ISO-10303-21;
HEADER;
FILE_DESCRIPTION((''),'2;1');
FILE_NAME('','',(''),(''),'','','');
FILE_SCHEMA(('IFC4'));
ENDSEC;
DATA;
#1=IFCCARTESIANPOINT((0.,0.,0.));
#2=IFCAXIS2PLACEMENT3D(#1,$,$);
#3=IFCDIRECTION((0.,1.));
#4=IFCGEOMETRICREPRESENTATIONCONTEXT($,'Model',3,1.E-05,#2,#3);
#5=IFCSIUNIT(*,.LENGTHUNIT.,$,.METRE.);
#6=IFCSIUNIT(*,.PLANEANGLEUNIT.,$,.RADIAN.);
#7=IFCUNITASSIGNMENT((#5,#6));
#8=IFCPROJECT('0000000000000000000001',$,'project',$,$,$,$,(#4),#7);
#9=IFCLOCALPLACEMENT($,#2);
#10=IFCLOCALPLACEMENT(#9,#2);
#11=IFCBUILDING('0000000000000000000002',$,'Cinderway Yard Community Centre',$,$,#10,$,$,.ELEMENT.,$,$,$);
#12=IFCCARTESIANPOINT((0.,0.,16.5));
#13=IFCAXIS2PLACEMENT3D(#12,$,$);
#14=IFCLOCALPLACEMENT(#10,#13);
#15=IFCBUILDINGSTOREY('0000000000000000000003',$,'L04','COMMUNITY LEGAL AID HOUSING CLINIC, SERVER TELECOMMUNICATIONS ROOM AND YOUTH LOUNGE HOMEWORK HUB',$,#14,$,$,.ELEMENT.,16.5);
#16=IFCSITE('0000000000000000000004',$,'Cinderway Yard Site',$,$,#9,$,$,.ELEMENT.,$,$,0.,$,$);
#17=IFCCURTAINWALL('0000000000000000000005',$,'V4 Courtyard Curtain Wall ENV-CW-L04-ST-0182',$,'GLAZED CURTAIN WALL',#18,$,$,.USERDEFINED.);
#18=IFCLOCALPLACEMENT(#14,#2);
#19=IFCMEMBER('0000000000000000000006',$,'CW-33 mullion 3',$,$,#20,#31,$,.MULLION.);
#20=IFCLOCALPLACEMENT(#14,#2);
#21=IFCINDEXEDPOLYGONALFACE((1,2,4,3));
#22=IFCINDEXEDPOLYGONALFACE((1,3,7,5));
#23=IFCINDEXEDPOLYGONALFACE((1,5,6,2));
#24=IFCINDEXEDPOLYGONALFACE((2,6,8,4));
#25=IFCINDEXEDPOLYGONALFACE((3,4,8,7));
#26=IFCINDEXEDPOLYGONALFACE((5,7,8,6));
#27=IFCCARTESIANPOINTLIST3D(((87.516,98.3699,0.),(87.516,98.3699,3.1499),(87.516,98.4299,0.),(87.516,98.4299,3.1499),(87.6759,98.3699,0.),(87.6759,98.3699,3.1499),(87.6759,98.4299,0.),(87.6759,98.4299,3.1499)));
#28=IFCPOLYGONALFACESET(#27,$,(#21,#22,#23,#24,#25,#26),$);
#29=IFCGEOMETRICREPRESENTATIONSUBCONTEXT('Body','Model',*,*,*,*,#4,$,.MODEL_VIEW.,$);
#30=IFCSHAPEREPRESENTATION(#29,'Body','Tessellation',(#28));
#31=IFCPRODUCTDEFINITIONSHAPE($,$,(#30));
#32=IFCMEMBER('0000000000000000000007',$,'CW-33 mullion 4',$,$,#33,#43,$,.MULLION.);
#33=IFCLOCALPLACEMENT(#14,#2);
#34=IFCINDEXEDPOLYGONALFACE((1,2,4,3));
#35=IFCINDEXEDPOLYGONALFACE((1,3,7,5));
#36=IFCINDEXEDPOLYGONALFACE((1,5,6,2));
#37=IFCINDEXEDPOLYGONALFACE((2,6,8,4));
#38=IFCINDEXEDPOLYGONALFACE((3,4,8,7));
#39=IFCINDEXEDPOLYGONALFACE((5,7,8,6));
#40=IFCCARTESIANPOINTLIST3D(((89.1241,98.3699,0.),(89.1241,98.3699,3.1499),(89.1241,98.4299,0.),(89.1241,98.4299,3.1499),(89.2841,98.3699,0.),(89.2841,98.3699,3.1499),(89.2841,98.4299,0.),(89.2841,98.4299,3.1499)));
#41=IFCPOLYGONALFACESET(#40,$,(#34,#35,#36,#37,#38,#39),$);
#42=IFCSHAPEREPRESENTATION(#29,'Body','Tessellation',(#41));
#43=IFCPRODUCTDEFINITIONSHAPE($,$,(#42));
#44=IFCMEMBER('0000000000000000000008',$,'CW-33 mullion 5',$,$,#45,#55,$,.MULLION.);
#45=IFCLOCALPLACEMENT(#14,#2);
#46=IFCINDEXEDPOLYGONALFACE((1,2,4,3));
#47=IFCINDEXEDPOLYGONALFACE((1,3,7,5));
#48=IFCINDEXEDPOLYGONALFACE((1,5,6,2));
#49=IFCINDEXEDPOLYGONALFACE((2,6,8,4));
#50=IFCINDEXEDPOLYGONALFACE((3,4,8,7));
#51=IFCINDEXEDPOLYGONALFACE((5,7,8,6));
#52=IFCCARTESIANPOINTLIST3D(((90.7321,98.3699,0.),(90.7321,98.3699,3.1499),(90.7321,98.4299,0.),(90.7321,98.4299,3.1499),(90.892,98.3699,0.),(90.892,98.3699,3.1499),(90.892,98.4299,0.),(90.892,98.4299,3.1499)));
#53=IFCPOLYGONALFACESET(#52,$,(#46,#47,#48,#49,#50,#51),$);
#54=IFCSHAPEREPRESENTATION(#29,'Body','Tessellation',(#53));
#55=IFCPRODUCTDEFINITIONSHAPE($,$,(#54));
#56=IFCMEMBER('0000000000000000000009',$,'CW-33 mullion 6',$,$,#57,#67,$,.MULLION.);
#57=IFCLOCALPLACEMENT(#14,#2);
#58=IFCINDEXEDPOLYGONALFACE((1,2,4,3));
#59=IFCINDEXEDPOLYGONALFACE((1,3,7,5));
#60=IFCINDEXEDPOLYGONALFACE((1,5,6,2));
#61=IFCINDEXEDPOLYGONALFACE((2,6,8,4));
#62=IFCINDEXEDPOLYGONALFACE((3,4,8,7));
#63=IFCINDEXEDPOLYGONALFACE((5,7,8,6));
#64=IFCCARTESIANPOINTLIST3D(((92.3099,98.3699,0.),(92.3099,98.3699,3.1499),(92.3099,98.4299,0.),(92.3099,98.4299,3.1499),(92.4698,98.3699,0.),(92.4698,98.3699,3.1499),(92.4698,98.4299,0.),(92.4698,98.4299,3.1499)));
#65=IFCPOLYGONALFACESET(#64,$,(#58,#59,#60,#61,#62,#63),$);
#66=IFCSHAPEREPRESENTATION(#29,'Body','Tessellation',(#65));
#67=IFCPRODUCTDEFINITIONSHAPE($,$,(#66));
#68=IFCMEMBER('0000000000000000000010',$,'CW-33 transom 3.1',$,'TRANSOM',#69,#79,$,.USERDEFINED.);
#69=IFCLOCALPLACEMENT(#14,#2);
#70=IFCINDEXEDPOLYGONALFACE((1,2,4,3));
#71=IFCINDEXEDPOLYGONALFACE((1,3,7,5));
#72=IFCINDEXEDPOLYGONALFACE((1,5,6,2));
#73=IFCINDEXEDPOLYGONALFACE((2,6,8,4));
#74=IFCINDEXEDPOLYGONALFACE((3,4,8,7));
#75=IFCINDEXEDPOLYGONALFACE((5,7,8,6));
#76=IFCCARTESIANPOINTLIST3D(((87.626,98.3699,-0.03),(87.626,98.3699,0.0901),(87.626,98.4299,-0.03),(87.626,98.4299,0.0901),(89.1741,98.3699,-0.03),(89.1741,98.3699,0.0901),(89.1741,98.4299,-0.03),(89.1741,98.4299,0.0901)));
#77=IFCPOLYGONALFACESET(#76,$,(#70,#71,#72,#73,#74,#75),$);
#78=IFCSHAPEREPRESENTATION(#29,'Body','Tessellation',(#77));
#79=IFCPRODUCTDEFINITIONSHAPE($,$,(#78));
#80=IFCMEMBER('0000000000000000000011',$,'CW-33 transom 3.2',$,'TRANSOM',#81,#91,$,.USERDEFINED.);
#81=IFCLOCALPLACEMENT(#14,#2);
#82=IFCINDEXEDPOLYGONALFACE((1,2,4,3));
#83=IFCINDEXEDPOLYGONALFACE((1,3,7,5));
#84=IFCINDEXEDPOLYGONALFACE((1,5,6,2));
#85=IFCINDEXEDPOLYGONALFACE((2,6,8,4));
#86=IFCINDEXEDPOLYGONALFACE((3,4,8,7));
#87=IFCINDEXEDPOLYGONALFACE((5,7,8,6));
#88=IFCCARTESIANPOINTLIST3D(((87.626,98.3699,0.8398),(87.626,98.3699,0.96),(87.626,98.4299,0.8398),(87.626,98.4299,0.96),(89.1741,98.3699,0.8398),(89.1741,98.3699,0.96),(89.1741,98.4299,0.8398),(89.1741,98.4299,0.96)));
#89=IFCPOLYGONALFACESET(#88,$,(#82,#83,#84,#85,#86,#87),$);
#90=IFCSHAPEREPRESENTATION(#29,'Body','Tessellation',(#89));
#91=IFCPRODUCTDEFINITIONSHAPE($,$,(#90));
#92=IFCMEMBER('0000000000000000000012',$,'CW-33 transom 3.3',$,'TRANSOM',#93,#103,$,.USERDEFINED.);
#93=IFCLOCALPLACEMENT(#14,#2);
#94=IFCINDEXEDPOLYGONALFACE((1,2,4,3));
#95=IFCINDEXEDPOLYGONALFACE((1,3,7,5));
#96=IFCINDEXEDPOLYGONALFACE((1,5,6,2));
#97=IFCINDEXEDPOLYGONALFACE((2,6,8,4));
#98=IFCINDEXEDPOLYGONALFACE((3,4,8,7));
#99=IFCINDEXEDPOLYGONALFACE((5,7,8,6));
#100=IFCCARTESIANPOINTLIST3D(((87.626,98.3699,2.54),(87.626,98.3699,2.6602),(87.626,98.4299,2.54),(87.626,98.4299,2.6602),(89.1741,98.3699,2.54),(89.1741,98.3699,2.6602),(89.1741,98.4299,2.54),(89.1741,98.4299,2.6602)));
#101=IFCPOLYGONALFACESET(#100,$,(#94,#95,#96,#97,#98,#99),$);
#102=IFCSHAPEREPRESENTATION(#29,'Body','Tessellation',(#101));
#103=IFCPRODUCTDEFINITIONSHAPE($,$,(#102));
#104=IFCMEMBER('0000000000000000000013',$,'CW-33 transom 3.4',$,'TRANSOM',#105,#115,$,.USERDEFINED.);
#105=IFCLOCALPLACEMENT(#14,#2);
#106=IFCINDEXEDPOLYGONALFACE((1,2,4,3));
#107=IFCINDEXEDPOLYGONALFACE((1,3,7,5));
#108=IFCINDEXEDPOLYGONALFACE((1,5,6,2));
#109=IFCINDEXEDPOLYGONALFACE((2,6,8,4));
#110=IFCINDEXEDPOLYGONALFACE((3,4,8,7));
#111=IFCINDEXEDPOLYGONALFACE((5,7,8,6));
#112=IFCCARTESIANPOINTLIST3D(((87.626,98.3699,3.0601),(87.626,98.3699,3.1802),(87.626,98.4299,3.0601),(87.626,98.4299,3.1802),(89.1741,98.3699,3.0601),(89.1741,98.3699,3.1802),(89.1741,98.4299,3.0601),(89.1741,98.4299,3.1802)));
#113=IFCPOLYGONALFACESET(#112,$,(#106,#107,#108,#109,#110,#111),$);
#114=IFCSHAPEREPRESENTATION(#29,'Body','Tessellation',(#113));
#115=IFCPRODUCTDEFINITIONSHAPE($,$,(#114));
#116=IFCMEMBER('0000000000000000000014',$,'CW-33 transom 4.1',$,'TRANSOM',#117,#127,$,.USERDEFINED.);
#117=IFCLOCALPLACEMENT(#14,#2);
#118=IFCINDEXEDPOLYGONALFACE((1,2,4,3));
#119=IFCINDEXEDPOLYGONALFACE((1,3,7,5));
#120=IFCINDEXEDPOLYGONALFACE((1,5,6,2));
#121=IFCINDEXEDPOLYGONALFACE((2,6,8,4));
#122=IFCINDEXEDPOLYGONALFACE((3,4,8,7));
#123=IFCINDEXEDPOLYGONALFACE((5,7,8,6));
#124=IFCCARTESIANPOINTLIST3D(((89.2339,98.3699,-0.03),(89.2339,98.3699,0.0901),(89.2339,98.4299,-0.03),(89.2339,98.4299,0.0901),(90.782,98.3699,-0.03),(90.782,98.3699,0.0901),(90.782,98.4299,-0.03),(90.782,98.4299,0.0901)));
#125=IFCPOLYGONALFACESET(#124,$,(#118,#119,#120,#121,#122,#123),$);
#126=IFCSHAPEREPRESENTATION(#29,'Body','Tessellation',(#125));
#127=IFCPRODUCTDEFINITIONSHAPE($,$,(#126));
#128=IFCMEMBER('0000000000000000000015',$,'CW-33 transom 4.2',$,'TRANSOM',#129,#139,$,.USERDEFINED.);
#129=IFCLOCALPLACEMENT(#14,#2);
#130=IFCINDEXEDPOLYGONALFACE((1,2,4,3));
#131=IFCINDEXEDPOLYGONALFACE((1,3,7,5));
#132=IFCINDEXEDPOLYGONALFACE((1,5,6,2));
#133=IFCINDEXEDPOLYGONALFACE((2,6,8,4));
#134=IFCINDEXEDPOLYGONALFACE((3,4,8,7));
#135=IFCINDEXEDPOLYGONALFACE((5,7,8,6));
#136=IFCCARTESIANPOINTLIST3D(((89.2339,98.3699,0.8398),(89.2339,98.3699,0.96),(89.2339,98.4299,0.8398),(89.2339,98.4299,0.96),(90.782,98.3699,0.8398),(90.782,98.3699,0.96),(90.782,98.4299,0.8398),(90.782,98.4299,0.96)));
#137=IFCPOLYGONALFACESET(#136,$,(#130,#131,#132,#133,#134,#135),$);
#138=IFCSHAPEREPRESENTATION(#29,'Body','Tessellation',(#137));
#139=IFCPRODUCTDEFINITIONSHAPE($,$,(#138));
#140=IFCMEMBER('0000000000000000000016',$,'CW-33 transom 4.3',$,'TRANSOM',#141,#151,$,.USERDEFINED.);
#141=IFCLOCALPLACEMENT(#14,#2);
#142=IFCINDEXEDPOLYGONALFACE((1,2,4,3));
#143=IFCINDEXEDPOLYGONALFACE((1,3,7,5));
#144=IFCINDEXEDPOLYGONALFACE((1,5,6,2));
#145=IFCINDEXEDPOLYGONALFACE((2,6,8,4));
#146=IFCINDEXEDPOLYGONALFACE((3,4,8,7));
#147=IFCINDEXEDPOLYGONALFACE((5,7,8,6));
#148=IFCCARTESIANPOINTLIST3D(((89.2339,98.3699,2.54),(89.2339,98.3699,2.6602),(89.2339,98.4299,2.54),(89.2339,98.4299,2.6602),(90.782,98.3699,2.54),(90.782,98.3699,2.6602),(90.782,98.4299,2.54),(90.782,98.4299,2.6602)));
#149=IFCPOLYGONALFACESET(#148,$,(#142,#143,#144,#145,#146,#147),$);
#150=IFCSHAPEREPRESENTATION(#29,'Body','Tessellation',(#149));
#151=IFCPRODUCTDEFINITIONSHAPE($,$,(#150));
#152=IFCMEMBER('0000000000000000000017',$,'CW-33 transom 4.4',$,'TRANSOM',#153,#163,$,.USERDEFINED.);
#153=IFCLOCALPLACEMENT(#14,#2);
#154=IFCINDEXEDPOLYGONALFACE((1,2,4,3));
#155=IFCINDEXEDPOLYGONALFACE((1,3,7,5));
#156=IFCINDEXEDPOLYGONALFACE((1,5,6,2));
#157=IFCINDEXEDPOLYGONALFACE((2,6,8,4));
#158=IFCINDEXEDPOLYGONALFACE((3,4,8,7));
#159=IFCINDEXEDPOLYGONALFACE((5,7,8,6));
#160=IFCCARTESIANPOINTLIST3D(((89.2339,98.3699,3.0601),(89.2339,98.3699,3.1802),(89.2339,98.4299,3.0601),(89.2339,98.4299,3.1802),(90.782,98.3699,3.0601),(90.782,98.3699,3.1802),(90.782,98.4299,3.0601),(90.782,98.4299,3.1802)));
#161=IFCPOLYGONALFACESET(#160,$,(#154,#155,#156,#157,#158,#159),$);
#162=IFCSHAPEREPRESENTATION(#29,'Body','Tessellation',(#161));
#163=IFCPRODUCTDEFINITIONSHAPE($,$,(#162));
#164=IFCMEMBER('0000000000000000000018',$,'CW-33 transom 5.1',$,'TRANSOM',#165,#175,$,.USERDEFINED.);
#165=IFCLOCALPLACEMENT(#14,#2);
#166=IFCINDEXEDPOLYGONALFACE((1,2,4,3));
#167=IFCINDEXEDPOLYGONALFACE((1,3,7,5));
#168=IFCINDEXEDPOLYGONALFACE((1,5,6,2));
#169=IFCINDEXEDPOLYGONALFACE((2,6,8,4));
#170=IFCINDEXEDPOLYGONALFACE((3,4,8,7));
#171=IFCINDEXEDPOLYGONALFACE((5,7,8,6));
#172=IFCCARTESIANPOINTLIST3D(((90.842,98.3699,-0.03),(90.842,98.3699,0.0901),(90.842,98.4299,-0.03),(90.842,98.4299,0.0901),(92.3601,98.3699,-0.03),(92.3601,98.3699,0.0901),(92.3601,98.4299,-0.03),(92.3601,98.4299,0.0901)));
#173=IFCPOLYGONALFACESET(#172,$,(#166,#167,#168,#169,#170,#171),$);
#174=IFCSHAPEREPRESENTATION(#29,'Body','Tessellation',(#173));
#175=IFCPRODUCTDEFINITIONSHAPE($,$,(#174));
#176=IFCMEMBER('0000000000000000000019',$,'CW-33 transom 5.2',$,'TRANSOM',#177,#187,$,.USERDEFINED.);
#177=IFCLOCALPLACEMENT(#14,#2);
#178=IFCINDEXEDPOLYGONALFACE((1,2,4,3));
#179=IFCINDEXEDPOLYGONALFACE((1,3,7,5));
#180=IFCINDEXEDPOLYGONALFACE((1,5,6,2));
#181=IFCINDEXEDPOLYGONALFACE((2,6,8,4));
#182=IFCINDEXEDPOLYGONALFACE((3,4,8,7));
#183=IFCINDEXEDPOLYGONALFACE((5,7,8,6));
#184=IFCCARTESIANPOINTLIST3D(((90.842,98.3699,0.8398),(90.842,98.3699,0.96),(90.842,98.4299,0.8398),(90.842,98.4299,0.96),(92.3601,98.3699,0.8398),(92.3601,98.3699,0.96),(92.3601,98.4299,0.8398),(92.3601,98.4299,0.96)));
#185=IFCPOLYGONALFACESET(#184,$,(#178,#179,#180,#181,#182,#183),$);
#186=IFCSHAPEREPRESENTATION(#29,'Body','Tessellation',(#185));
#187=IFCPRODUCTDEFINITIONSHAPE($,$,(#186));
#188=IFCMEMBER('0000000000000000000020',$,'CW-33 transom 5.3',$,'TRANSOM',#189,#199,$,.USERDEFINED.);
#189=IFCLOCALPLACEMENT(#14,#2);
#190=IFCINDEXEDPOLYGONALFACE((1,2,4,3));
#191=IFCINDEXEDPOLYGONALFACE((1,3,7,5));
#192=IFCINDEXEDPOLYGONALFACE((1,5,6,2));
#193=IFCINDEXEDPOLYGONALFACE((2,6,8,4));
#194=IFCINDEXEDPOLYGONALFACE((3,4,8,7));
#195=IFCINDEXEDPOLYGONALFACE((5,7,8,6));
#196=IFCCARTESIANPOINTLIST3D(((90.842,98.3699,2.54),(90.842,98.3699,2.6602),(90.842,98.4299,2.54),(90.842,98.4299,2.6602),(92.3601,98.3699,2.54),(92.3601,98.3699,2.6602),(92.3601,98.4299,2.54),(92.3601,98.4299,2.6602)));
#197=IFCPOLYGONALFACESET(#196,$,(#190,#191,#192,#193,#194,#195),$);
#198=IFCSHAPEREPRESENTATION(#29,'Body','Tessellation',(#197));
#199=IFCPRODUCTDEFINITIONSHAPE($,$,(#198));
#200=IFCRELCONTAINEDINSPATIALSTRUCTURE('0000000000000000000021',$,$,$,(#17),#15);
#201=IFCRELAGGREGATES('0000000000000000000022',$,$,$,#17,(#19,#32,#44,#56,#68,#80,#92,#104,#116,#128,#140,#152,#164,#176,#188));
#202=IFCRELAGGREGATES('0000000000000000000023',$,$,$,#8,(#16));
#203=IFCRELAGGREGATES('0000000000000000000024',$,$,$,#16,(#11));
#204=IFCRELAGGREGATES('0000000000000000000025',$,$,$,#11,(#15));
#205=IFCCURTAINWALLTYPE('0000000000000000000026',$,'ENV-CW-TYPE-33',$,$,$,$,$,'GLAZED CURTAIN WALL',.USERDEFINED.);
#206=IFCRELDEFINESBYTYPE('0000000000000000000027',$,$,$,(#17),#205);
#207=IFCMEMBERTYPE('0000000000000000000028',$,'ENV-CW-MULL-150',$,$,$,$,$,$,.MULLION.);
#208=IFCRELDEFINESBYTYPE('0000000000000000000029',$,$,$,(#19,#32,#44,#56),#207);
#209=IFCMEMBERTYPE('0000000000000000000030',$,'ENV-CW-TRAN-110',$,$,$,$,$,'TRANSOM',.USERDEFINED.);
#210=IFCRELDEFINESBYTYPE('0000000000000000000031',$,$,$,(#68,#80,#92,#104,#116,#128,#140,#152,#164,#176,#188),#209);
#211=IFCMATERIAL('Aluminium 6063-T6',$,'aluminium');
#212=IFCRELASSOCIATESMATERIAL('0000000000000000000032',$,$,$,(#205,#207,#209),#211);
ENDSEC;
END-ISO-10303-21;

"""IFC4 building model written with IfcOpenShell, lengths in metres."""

from ifc_helpers import new_model, si_unit, direction, frame, origin, origin_2d, place, context, subcontext, project, spatial, rectangle, extrude, material, material_profile, profile_set, type_object, element, aggregate, save


model = new_model("IFC4")

# Units and contexts
model_context = context("Model", 3, precision=1e-05, world=origin(), true_north=direction((0.0, 1.0)))
body_context = subcontext(model_context, "Body", "Model", "MODEL_VIEW")
ifc_project = project(units=[si_unit("LENGTHUNIT", "METRE"), si_unit("PLANEANGLEUNIT", "RADIAN")], contexts=[model_context])

# Site, building, storey
site_placement = place(None, origin())
site = spatial("IfcSite", under=ifc_project, at=site_placement, Name="Cinderway Yard Site", CompositionType="ELEMENT", RefElevation=0.0)
building_placement = place(site_placement, origin())
building = spatial("IfcBuilding", under=site, at=building_placement, Name="Cinderway Yard Community Centre", CompositionType="ELEMENT")
storey_placement = place(building_placement, frame((0.0, 0.0, 16.5)))
storey = spatial("IfcBuildingStorey", under=building, at=storey_placement, Name="L04", Description="COMMUNITY LEGAL AID HOUSING CLINIC, SERVER TELECOMMUNICATIONS ROOM AND YOUTH LOUNGE HOMEWORK HUB", CompositionType="ELEMENT", Elevation=16.5)

# Curtain wall, members
ifc_material_1 = material(Name="Aluminium 6063-T6", Category="aluminium")
curtain_wall_type = type_object("IfcCurtainWallType", Name="ENV-CW-TYPE-33", ElementType="GLAZED CURTAIN WALL", PredefinedType="USERDEFINED", material=ifc_material_1)
curtain_wall_placement = place(storey_placement, origin())
curtain_wall = element("IfcCurtainWall", 1, at=curtain_wall_placement, inside=storey, type_object=curtain_wall_type, Name="V4 Courtyard Curtain Wall ENV-CW-L04-ST-0182", ObjectType="GLAZED CURTAIN WALL", PredefinedType="USERDEFINED")
ifc_material_profile_1 = material_profile(ifc_material_1, rectangle(XDim=0.0601, YDim=0.1599, at=origin_2d()), Name="Aluminium 6063-T6")
ifc_profile_set_1 = profile_set([ifc_material_profile_1], Name="Aluminium 6063-T6")
member_type_1 = type_object("IfcMemberType", Name="ENV-CW-MULL-150", PredefinedType="MULLION", material=ifc_profile_set_1)
member_1_placement = place(storey_placement, frame((87.5959, 98.3999, 0.0), z_axis=(0.0, 0.0, 1.0), x_axis=(0.0, 1.0, 0.0)))
member_1 = element("IfcMember", 2, at=member_1_placement, type_object=member_type_1, Name="CW-33 mullion 3", PredefinedType="MULLION", context=body_context, shape_type="SweptSolid", body=[
    extrude(rectangle(XDim=0.0601, YDim=0.1599, at=origin_2d()), origin(), (0.0, 0.0, 1.0), 3.1499),
])
member_2_placement = place(storey_placement, frame((89.2041, 98.3999, 0.0), z_axis=(0.0, 0.0, 1.0), x_axis=(0.0, 1.0, 0.0)))
member_2 = element("IfcMember", 3, at=member_2_placement, type_object=member_type_1, Name="CW-33 mullion 4", PredefinedType="MULLION", context=body_context, shape_type="SweptSolid", body=[
    extrude(rectangle(XDim=0.0601, YDim=0.1599, at=origin_2d()), origin(), (0.0, 0.0, 1.0), 3.1499),
])
member_3_placement = place(storey_placement, frame((90.812, 98.3999, 0.0), z_axis=(0.0, 0.0, 1.0), x_axis=(0.0, 1.0, 0.0)))
member_3 = element("IfcMember", 4, at=member_3_placement, type_object=member_type_1, Name="CW-33 mullion 5", PredefinedType="MULLION", context=body_context, shape_type="SweptSolid", body=[
    extrude(rectangle(XDim=0.0601, YDim=0.1599, at=origin_2d()), origin(), (0.0, 0.0, 1.0), 3.1499),
])
member_4_placement = place(storey_placement, frame((92.3899, 98.3999, 0.0), z_axis=(0.0, 0.0, 1.0), x_axis=(0.0, 1.0, 0.0)))
member_4 = element("IfcMember", 5, at=member_4_placement, type_object=member_type_1, Name="CW-33 mullion 6", PredefinedType="MULLION", context=body_context, shape_type="SweptSolid", body=[
    extrude(rectangle(XDim=0.0601, YDim=0.1599, at=origin_2d()), origin(), (0.0, 0.0, 1.0), 3.1499),
])
ifc_material_profile_2 = material_profile(ifc_material_1, rectangle(XDim=0.0601, YDim=0.1201, at=origin_2d()), Name="Aluminium 6063-T6")
ifc_profile_set_2 = profile_set([ifc_material_profile_2], Name="Aluminium 6063-T6")
member_type_2 = type_object("IfcMemberType", Name="ENV-CW-TRAN-110", ElementType="TRANSOM", PredefinedType="USERDEFINED", material=ifc_profile_set_2)
member_5_placement = place(storey_placement, frame((87.626, 98.3999, 0.03), z_axis=(1.0, 0.0, 0.0), x_axis=(0.0, 1.0, 0.0)))
member_5 = element("IfcMember", 6, at=member_5_placement, type_object=member_type_2, Name="CW-33 transom 3.1", ObjectType="TRANSOM", PredefinedType="USERDEFINED", context=body_context, shape_type="SweptSolid", body=[
    extrude(rectangle(XDim=0.0601, YDim=0.1201, at=origin_2d()), origin(), (0.0, 0.0, 1.0), 1.5481),
])
member_6_placement = place(storey_placement, frame((87.626, 98.3999, 0.8999), z_axis=(1.0, 0.0, 0.0), x_axis=(0.0, 1.0, 0.0)))
member_6 = element("IfcMember", 7, at=member_6_placement, type_object=member_type_2, Name="CW-33 transom 3.2", ObjectType="TRANSOM", PredefinedType="USERDEFINED", context=body_context, shape_type="SweptSolid", body=[
    extrude(rectangle(XDim=0.0601, YDim=0.1201, at=origin_2d()), origin(), (0.0, 0.0, 1.0), 1.5481),
])
member_7_placement = place(storey_placement, frame((87.626, 98.3999, 2.6001), z_axis=(1.0, 0.0, 0.0), x_axis=(0.0, 1.0, 0.0)))
member_7 = element("IfcMember", 8, at=member_7_placement, type_object=member_type_2, Name="CW-33 transom 3.3", ObjectType="TRANSOM", PredefinedType="USERDEFINED", context=body_context, shape_type="SweptSolid", body=[
    extrude(rectangle(XDim=0.0601, YDim=0.1201, at=origin_2d()), origin(), (0.0, 0.0, 1.0), 1.5481),
])
member_8_placement = place(storey_placement, frame((87.626, 98.3999, 3.1201), z_axis=(1.0, 0.0, 0.0), x_axis=(0.0, 1.0, 0.0)))
member_8 = element("IfcMember", 9, at=member_8_placement, type_object=member_type_2, Name="CW-33 transom 3.4", ObjectType="TRANSOM", PredefinedType="USERDEFINED", context=body_context, shape_type="SweptSolid", body=[
    extrude(rectangle(XDim=0.0601, YDim=0.1201, at=origin_2d()), origin(), (0.0, 0.0, 1.0), 1.5481),
])
member_9_placement = place(storey_placement, frame((89.2339, 98.3999, 0.03), z_axis=(1.0, 0.0, 0.0), x_axis=(0.0, 1.0, 0.0)))
member_9 = element("IfcMember", 10, at=member_9_placement, type_object=member_type_2, Name="CW-33 transom 4.1", ObjectType="TRANSOM", PredefinedType="USERDEFINED", context=body_context, shape_type="SweptSolid", body=[
    extrude(rectangle(XDim=0.0601, YDim=0.1201, at=origin_2d()), origin(), (0.0, 0.0, 1.0), 1.5481),
])
member_10_placement = place(storey_placement, frame((89.2339, 98.3999, 0.8999), z_axis=(1.0, 0.0, 0.0), x_axis=(0.0, 1.0, 0.0)))
member_10 = element("IfcMember", 11, at=member_10_placement, type_object=member_type_2, Name="CW-33 transom 4.2", ObjectType="TRANSOM", PredefinedType="USERDEFINED", context=body_context, shape_type="SweptSolid", body=[
    extrude(rectangle(XDim=0.0601, YDim=0.1201, at=origin_2d()), origin(), (0.0, 0.0, 1.0), 1.5481),
])
member_11_placement = place(storey_placement, frame((89.2339, 98.3999, 2.6001), z_axis=(1.0, 0.0, 0.0), x_axis=(0.0, 1.0, 0.0)))
member_11 = element("IfcMember", 12, at=member_11_placement, type_object=member_type_2, Name="CW-33 transom 4.3", ObjectType="TRANSOM", PredefinedType="USERDEFINED", context=body_context, shape_type="SweptSolid", body=[
    extrude(rectangle(XDim=0.0601, YDim=0.1201, at=origin_2d()), origin(), (0.0, 0.0, 1.0), 1.5481),
])
member_12_placement = place(storey_placement, frame((89.2339, 98.3999, 3.1201), z_axis=(1.0, 0.0, 0.0), x_axis=(0.0, 1.0, 0.0)))
member_12 = element("IfcMember", 13, at=member_12_placement, type_object=member_type_2, Name="CW-33 transom 4.4", ObjectType="TRANSOM", PredefinedType="USERDEFINED", context=body_context, shape_type="SweptSolid", body=[
    extrude(rectangle(XDim=0.0601, YDim=0.1201, at=origin_2d()), origin(), (0.0, 0.0, 1.0), 1.5481),
])
member_13_placement = place(storey_placement, frame((90.842, 98.3999, 0.03), z_axis=(1.0, 0.0, 0.0), x_axis=(0.0, 1.0, 0.0)))
member_13 = element("IfcMember", 14, at=member_13_placement, type_object=member_type_2, Name="CW-33 transom 5.1", ObjectType="TRANSOM", PredefinedType="USERDEFINED", context=body_context, shape_type="SweptSolid", body=[
    extrude(rectangle(XDim=0.0601, YDim=0.1201, at=origin_2d()), origin(), (0.0, 0.0, 1.0), 1.5181),
])
member_14_placement = place(storey_placement, frame((90.842, 98.3999, 0.8999), z_axis=(1.0, 0.0, 0.0), x_axis=(0.0, 1.0, 0.0)))
member_14 = element("IfcMember", 15, at=member_14_placement, type_object=member_type_2, Name="CW-33 transom 5.2", ObjectType="TRANSOM", PredefinedType="USERDEFINED", context=body_context, shape_type="SweptSolid", body=[
    extrude(rectangle(XDim=0.0601, YDim=0.1201, at=origin_2d()), origin(), (0.0, 0.0, 1.0), 1.5181),
])
member_15_placement = place(storey_placement, frame((90.842, 98.3999, 2.6001), z_axis=(1.0, 0.0, 0.0), x_axis=(0.0, 1.0, 0.0)))
member_15 = element("IfcMember", 16, at=member_15_placement, type_object=member_type_2, Name="CW-33 transom 5.3", ObjectType="TRANSOM", PredefinedType="USERDEFINED", context=body_context, shape_type="SweptSolid", body=[
    extrude(rectangle(XDim=0.0601, YDim=0.1201, at=origin_2d()), origin(), (0.0, 0.0, 1.0), 1.5181),
])

aggregate(curtain_wall, [member_1, member_2, member_3, member_4, member_5, member_6, member_7, member_8, member_9, member_10, member_11, member_12, member_13, member_14, member_15])

save(model, "model.ifc")
